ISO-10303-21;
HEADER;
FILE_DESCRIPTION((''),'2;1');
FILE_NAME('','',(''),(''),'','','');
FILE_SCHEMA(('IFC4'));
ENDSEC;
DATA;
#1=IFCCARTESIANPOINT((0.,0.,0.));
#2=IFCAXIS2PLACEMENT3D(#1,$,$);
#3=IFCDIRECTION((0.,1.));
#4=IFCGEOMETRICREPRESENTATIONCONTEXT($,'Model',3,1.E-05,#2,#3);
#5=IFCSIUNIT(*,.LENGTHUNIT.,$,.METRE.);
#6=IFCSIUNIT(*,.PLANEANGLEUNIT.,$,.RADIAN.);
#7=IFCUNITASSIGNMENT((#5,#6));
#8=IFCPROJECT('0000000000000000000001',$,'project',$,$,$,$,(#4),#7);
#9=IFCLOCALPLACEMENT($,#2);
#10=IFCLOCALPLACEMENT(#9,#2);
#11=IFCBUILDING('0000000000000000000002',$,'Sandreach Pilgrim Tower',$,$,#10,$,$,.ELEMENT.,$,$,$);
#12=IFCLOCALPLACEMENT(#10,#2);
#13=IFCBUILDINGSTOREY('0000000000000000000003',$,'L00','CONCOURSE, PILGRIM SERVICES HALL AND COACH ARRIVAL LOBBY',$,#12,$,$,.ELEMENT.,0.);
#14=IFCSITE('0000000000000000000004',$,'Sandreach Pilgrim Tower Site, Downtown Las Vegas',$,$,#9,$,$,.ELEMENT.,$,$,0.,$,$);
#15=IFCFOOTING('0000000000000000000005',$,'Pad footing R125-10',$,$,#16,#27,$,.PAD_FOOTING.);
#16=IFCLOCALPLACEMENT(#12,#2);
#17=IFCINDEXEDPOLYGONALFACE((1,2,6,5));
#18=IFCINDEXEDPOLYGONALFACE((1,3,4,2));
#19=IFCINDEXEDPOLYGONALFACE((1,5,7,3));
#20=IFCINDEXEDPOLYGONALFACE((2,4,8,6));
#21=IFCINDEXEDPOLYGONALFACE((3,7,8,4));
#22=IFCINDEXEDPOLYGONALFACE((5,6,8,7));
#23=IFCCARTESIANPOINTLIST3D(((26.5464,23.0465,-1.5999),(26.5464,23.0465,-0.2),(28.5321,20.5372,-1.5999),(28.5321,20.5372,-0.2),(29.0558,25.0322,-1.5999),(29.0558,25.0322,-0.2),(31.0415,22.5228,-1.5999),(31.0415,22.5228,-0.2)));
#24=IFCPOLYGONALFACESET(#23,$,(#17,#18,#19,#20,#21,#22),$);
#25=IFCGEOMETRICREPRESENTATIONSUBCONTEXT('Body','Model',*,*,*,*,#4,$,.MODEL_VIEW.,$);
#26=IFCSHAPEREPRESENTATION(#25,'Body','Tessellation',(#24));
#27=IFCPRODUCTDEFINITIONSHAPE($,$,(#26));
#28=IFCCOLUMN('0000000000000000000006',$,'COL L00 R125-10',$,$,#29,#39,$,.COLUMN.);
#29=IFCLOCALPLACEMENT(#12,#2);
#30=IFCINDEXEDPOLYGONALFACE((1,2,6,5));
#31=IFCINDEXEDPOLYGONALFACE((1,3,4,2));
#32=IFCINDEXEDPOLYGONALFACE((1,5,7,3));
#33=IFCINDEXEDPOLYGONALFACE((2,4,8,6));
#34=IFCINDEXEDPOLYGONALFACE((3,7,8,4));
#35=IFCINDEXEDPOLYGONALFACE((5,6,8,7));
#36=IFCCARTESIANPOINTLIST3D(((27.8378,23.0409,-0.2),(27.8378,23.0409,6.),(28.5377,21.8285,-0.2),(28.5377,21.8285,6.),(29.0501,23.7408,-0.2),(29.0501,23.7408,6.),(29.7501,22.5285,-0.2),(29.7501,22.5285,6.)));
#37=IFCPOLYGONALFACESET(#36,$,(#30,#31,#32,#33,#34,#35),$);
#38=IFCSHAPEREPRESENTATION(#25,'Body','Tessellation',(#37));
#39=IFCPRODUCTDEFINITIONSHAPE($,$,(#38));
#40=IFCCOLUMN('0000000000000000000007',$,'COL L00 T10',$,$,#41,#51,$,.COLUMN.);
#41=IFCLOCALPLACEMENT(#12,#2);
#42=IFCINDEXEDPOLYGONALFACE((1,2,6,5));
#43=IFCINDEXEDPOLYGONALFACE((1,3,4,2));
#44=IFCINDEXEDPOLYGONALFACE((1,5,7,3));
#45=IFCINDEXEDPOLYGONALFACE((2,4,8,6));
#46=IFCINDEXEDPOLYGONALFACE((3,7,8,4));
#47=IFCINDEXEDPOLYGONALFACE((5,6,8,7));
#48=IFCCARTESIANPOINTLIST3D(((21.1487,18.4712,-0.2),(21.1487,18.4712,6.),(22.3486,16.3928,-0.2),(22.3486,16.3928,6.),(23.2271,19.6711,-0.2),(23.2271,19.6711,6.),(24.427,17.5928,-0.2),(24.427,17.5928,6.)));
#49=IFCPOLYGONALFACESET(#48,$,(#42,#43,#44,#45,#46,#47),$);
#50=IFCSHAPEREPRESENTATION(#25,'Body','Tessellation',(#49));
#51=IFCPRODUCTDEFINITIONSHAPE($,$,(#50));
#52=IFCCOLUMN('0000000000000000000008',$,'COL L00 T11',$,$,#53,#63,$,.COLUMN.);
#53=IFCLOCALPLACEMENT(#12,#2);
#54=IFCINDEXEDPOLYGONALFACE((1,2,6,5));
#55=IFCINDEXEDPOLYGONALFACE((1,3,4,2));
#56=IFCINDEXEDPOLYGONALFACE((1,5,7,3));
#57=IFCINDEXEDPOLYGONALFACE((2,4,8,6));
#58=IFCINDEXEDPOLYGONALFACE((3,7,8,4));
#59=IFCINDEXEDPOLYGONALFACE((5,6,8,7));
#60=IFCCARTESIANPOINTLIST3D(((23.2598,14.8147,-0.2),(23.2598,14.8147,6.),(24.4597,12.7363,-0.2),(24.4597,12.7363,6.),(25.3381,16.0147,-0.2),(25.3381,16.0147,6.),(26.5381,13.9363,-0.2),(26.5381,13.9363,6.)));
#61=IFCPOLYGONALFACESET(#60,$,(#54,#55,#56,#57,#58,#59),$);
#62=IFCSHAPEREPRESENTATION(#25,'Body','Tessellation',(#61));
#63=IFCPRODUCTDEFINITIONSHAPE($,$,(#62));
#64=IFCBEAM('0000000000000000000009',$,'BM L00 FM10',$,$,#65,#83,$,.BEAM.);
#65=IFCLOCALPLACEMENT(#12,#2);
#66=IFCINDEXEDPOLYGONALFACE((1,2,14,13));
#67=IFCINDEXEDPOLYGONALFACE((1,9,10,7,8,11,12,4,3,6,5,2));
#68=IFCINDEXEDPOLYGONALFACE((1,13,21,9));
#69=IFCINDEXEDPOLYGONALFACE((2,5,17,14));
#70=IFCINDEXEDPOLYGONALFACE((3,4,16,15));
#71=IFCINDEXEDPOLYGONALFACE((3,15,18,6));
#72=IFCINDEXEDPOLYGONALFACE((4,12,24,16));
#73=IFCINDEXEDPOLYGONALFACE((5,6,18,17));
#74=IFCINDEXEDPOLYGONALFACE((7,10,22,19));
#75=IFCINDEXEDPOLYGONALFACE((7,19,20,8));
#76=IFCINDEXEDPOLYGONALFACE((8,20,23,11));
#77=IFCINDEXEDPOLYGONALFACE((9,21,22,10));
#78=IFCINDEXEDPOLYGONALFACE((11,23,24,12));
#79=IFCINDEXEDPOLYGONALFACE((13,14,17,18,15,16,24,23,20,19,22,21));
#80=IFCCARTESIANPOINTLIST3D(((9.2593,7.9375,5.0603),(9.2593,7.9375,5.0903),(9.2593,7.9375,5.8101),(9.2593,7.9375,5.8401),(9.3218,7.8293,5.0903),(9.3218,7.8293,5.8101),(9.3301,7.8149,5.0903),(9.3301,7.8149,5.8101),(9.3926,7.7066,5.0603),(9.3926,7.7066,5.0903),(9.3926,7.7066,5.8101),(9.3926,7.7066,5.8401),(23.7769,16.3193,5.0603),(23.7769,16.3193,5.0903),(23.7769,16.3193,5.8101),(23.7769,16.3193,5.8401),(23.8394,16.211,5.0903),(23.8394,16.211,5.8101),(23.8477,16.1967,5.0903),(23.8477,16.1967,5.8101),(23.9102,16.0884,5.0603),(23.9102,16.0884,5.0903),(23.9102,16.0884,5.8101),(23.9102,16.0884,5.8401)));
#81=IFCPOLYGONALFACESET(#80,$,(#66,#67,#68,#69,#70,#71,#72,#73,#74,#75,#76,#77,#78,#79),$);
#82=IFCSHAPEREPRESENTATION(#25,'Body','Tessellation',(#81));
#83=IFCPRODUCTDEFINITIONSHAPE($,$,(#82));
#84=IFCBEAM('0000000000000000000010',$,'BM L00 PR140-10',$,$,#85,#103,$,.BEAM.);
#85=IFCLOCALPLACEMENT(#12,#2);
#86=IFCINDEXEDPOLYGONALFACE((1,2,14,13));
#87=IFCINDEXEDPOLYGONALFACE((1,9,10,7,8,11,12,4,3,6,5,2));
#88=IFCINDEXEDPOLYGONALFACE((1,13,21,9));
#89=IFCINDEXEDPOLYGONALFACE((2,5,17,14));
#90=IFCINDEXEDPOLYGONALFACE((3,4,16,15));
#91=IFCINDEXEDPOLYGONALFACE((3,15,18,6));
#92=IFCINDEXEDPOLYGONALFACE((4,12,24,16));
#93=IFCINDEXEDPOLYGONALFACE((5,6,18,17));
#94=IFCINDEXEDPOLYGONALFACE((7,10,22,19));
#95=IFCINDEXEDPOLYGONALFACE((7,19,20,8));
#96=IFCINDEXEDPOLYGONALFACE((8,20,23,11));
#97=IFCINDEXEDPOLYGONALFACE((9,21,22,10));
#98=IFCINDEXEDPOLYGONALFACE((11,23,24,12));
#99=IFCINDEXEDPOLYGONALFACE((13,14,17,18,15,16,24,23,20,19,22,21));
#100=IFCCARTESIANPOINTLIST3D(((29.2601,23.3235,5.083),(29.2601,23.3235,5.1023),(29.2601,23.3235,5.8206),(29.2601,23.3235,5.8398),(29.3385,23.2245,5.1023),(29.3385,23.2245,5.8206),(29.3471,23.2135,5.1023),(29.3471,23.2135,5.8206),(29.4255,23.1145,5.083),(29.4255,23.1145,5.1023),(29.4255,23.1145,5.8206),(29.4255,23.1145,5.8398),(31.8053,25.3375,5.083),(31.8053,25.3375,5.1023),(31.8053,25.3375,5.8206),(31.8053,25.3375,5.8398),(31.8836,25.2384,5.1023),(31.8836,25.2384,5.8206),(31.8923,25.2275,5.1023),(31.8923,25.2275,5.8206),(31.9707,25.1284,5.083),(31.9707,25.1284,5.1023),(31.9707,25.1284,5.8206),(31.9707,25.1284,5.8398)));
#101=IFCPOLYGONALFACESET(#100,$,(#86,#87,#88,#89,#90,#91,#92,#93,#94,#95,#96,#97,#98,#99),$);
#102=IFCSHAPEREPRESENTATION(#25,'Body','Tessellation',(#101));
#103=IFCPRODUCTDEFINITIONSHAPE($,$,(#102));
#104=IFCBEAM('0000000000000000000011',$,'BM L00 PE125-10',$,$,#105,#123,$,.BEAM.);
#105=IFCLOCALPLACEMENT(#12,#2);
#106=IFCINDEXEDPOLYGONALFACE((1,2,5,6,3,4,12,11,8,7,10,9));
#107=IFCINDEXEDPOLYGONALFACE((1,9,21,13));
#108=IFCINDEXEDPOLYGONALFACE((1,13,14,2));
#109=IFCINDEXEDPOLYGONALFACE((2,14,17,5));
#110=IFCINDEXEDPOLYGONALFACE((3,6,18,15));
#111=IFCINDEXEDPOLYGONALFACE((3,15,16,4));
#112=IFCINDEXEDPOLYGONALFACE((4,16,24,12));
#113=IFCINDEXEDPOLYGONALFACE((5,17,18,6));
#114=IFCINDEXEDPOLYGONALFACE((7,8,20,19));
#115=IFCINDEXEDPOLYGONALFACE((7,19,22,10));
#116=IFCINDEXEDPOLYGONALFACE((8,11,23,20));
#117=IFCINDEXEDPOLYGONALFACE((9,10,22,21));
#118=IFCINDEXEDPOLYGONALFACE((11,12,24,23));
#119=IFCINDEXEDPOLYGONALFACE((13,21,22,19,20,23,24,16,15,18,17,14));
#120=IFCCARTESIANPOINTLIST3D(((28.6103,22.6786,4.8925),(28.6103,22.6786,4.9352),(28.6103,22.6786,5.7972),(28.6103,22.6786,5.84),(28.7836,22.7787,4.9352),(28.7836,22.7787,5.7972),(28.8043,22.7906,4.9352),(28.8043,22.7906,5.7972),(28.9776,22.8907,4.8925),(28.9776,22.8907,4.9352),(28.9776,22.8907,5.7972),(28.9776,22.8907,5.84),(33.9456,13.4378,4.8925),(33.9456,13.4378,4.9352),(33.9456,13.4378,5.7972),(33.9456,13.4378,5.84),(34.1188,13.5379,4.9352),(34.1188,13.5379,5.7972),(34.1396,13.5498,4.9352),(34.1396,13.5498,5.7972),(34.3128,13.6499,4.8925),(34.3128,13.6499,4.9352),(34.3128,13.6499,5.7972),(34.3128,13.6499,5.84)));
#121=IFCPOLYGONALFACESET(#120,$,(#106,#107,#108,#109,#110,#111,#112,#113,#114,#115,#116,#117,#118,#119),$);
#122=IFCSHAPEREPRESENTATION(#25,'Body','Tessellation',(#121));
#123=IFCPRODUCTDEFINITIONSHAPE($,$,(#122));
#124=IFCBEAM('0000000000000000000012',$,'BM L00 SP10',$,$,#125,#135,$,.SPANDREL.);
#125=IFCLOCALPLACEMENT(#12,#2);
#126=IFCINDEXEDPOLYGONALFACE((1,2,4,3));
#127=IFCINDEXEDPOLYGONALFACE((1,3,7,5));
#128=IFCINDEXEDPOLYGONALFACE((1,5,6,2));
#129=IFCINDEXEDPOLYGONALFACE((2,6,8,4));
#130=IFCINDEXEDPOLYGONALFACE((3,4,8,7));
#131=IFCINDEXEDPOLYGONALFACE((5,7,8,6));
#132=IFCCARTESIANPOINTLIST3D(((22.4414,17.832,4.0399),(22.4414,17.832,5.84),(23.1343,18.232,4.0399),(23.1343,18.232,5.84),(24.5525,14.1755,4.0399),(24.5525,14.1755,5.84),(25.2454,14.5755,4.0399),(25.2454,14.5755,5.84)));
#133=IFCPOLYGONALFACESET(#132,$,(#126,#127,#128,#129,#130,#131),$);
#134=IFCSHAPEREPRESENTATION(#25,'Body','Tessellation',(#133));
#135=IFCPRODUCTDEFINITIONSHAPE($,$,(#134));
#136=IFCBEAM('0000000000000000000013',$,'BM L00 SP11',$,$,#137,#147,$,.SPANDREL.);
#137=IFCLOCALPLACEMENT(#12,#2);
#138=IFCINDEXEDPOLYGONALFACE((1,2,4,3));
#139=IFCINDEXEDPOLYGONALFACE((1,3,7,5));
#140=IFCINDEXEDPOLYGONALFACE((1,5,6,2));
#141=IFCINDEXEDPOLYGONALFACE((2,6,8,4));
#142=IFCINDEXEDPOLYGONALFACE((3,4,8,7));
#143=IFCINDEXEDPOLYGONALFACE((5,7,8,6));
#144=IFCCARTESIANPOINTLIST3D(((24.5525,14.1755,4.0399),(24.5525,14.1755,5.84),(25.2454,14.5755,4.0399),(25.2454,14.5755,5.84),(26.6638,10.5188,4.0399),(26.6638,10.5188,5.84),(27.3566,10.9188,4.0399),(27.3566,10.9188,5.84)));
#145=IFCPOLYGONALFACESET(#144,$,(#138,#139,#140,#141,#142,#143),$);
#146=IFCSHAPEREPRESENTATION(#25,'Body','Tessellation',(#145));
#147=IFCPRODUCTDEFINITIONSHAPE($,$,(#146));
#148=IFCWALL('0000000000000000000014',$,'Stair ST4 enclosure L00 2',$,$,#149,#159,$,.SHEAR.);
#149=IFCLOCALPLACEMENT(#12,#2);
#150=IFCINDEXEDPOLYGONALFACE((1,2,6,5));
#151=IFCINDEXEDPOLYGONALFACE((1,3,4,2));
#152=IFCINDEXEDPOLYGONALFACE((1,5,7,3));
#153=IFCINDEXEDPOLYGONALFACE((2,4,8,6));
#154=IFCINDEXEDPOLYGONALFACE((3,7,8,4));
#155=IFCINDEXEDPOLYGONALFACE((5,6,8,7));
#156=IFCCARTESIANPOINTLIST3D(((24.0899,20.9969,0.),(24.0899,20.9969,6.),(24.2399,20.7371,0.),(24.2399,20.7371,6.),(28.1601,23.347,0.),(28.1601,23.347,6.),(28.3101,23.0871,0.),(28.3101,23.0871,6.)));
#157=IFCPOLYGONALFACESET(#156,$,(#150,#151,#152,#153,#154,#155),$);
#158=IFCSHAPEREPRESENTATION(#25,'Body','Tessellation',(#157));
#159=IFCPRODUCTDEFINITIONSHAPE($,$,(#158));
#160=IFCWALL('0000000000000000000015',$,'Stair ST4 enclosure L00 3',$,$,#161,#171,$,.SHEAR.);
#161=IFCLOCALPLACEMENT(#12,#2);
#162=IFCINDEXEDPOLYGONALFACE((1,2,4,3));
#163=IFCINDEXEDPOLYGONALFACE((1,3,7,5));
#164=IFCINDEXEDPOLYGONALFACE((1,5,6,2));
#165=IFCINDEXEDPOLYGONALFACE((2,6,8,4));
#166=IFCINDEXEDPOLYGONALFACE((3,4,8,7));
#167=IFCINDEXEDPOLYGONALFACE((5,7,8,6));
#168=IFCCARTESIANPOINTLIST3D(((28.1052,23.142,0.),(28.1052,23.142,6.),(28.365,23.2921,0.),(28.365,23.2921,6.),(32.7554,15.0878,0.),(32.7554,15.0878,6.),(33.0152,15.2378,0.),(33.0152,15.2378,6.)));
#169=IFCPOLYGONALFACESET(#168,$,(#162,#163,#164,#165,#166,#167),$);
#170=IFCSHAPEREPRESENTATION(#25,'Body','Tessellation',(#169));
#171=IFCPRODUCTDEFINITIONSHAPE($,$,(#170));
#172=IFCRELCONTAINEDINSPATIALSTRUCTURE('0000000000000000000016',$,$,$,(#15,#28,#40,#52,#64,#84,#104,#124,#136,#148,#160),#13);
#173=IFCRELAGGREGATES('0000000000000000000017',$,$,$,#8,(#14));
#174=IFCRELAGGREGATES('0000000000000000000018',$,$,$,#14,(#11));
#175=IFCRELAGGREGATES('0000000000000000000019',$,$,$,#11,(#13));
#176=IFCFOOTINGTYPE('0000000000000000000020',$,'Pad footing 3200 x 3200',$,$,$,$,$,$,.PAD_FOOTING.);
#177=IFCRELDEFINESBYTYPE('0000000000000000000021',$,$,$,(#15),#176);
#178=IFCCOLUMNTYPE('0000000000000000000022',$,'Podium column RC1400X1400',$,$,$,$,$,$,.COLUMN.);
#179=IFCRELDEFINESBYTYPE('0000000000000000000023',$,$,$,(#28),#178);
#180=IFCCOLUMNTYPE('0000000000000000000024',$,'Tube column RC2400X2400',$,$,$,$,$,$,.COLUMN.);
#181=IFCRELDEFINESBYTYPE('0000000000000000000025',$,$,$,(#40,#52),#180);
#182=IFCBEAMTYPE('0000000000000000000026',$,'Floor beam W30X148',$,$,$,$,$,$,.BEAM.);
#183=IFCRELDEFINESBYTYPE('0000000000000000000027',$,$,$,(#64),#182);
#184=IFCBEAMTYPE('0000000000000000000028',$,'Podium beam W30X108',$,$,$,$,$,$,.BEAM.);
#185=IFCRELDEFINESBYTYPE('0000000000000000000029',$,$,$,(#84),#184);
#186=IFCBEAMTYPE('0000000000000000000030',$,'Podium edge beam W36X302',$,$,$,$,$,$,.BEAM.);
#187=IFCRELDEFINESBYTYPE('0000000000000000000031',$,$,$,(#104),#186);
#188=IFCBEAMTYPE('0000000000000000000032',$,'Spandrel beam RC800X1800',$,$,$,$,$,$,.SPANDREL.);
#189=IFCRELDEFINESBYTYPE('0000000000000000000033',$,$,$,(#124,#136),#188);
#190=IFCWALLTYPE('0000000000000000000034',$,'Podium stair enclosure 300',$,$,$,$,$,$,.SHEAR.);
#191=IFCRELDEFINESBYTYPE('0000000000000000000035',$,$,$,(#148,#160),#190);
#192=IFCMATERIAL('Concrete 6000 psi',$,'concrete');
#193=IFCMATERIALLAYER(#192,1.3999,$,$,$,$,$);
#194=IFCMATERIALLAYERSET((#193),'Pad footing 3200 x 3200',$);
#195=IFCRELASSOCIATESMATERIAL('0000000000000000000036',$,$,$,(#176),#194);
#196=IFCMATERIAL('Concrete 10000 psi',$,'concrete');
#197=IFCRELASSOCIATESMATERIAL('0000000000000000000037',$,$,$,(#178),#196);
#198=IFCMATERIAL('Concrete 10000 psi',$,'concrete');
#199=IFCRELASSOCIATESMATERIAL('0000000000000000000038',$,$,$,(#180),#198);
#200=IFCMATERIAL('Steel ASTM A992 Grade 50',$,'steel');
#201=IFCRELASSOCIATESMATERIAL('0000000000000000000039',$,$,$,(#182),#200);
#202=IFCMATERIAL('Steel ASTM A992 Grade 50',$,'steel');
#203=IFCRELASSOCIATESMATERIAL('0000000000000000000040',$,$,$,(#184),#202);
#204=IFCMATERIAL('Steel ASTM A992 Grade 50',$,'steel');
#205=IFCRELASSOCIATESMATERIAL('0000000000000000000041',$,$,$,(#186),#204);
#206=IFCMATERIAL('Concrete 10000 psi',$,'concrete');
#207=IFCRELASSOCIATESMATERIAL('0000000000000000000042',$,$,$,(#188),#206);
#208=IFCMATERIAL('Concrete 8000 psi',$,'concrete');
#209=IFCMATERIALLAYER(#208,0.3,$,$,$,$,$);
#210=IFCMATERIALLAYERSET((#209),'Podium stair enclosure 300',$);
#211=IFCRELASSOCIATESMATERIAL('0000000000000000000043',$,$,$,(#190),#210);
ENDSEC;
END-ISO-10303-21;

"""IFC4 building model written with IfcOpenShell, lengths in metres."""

from ifc_helpers import new_model, si_unit, direction, frame, frame_2d, origin, origin_2d, place, context, subcontext, project, spatial, rectangle, i_section, extrude, material, layer, layer_set, material_profile, profile_set, type_object, element, save


model = new_model("IFC4")

# Units and contexts
model_context = context("Model", 3, precision=1e-05, world=origin(), true_north=direction((0.0, 1.0)))
body_context = subcontext(model_context, "Body", "Model", "MODEL_VIEW")
ifc_project = project(units=[si_unit("LENGTHUNIT", "METRE"), si_unit("PLANEANGLEUNIT", "RADIAN")], contexts=[model_context])

# Site, building, storey
site_placement = place(None, origin())
site = spatial("IfcSite", under=ifc_project, at=site_placement, Name="Sandreach Pilgrim Tower Site, Downtown Las Vegas", CompositionType="ELEMENT", RefElevation=0.0)
building_placement = place(site_placement, origin())
building = spatial("IfcBuilding", under=site, at=building_placement, Name="Sandreach Pilgrim Tower", CompositionType="ELEMENT")
storey_placement = place(building_placement, origin())
storey = spatial("IfcBuildingStorey", under=building, at=storey_placement, Name="L00", Description="CONCOURSE, PILGRIM SERVICES HALL AND COACH ARRIVAL LOBBY", CompositionType="ELEMENT", Elevation=0.0)

# Footing
ifc_material_1 = material(Name="Concrete 6000 psi", Category="concrete")
ifc_layer_1 = layer(ifc_material_1, 1.3999)
ifc_layer_set_1 = layer_set([ifc_layer_1], Name="Pad footing 3200 x 3200")
footing_type = type_object("IfcFootingType", Name="Pad footing 3200 x 3200", PredefinedType="PAD_FOOTING", material=ifc_layer_set_1)
footing_placement = place(storey_placement, frame((28.7939, 22.7847, -1.5999), z_axis=(0.0, 0.0, 1.0), x_axis=(0.784185, 0.620527, 0.0)))
element("IfcFooting", 1, at=footing_placement, inside=storey, type_object=footing_type, Name="Pad footing R125-10", PredefinedType="PAD_FOOTING", context=body_context, shape_type="SweptSolid", body=[
    extrude(rectangle(XDim=3.2, YDim=3.2, at=origin_2d()), origin(), (0.0, 0.0, 1.0), 1.3999),
])

# Columns
ifc_material_2 = material(Name="Concrete 10000 psi", Category="concrete")
ifc_material_profile_1 = material_profile(ifc_material_2, rectangle(XDim=1.3999, YDim=1.3999, at=origin_2d()), Name="RC1400X1400")
ifc_profile_set_1 = profile_set([ifc_material_profile_1], Name="Concrete 10000 psi")
column_type_1 = type_object("IfcColumnType", Name="Podium column RC1400X1400", PredefinedType="COLUMN", material=ifc_profile_set_1)
column_placement = place(storey_placement, frame((28.7939, 22.7847, -0.2), z_axis=(0.0, 0.0, 1.0), x_axis=(0.866025, 0.5, 0.0)))
element("IfcColumn", 2, at=column_placement, inside=storey, type_object=column_type_1, Name="COL L00 R125-10", PredefinedType="COLUMN", context=body_context, shape_type="SweptSolid", body=[
    extrude(rectangle(XDim=1.3999, YDim=1.3999, at=origin_2d()), origin(), (0.0, 0.0, 1.0), 6.2),
])
ifc_material_3 = material(Name="Concrete 10000 psi", Category="concrete")
ifc_material_profile_2 = material_profile(ifc_material_3, rectangle(XDim=2.3999, YDim=2.3999, at=origin_2d()), Name="RC2400X2400")
ifc_profile_set_2 = profile_set([ifc_material_profile_2], Name="Concrete 10000 psi")
column_type_2 = type_object("IfcColumnType", Name="Tube column RC2400X2400", PredefinedType="COLUMN", material=ifc_profile_set_2)
for number, where, z_axis, x_axis, name in (
    (3, (22.7878, 18.032, -0.2), (0.0, 0.0, 1.0), (0.866025, 0.5, 0.0), "COL L00 T10"),
    (4, (24.8989, 14.3755, -0.2), (0.0, 0.0, 1.0), (0.866025, 0.5, 0.0), "COL L00 T11"),
):
    element("IfcColumn", number, at=place(storey_placement, frame(where, z_axis=z_axis, x_axis=x_axis)), inside=storey, type_object=column_type_2, Name=name, PredefinedType="COLUMN", context=body_context, shape_type="SweptSolid", body=[
        extrude(rectangle(XDim=2.3999, YDim=2.3999, at=origin_2d()), origin(), (0.0, 0.0, 1.0), 6.2),
    ])

# Beams
ifc_material_4 = material(Name="Steel ASTM A992 Grade 50", Category="steel")
ifc_material_profile_3 = material_profile(ifc_material_4, i_section(OverallWidth=0.2666, OverallDepth=0.7798, WebThickness=0.0166, FlangeThickness=0.03, at=origin_2d()), Name="W30X148")
ifc_profile_set_3 = profile_set([ifc_material_profile_3], Name="Steel ASTM A992 Grade 50")
beam_type_1 = type_object("IfcBeamType", Name="Floor beam W30X148", PredefinedType="BEAM", material=ifc_profile_set_3)
beam_1_placement = place(storey_placement, frame((23.8435, 16.2039, 5.4502), z_axis=(-0.866023, -0.500005, 0.0), x_axis=(0.500005, -0.866023, 0.0)))
element("IfcBeam", 5, at=beam_1_placement, inside=storey, type_object=beam_type_1, Name="BM L00 FM10", PredefinedType="BEAM", context=body_context, shape_type="SweptSolid", body=[
    extrude(i_section(OverallWidth=0.2666, OverallDepth=0.7798, WebThickness=0.0166, FlangeThickness=0.03, at=origin_2d()), origin(), (0.0, 0.0, 1.0), 16.7634),
])
ifc_material_5 = material(Name="Steel ASTM A992 Grade 50", Category="steel")
ifc_material_profile_4 = material_profile(ifc_material_5, i_section(OverallWidth=0.2666, OverallDepth=0.7568, WebThickness=0.0139, FlangeThickness=0.0193, at=origin_2d()), Name="W30X108")
ifc_profile_set_4 = profile_set([ifc_material_profile_4], Name="Steel ASTM A992 Grade 50")
beam_type_2 = type_object("IfcBeamType", Name="Podium beam W30X108", PredefinedType="BEAM", material=ifc_profile_set_4)
beam_2_placement = place(storey_placement, frame((29.3428, 23.219, 5.4614), z_axis=(0.784197, 0.620512, 0.0), x_axis=(-0.620512, 0.784197, 0.0)))
element("IfcBeam", 6, at=beam_2_placement, inside=storey, type_object=beam_type_2, Name="BM L00 PR140-10", PredefinedType="BEAM", context=body_context, shape_type="SweptSolid", body=[
    extrude(i_section(OverallWidth=0.2666, OverallDepth=0.7568, WebThickness=0.0139, FlangeThickness=0.0193, at=origin_2d()), origin(), (0.0, 0.0, 1.0), 3.2456),
])
ifc_material_6 = material(Name="Steel ASTM A992 Grade 50", Category="steel")
ifc_material_profile_5 = material_profile(ifc_material_6, i_section(OverallWidth=0.4241, OverallDepth=0.9475, WebThickness=0.0239, FlangeThickness=0.0427, at=origin_2d()), Name="W36X302")
ifc_profile_set_5 = profile_set([ifc_material_profile_5], Name="Steel ASTM A992 Grade 50")
beam_type_3 = type_object("IfcBeamType", Name="Podium edge beam W36X302", PredefinedType="BEAM", material=ifc_profile_set_5)
beam_3_placement = place(storey_placement, frame((28.7939, 22.7847, 5.3662), z_axis=(0.500005, -0.866023, 0.0), x_axis=(0.866023, 0.500005, 0.0)))
element("IfcBeam", 7, at=beam_3_placement, inside=storey, type_object=beam_type_3, Name="BM L00 PE125-10", PredefinedType="BEAM", context=body_context, shape_type="SweptSolid", body=[
    extrude(i_section(OverallWidth=0.4241, OverallDepth=0.9475, WebThickness=0.0239, FlangeThickness=0.0427, at=origin_2d()), origin(), (0.0, 0.0, 1.0), 10.6704),
])
ifc_material_7 = material(Name="Concrete 10000 psi", Category="concrete")
ifc_material_profile_6 = material_profile(ifc_material_7, rectangle(XDim=0.8, YDim=1.8, at=origin_2d()), Name="RC800X1800")
ifc_profile_set_6 = profile_set([ifc_material_profile_6], Name="Concrete 10000 psi")
beam_type_4 = type_object("IfcBeamType", Name="Spandrel beam RC800X1800", PredefinedType="SPANDREL", material=ifc_profile_set_6)
beam_4_placement = place(storey_placement, frame((22.7878, 18.032, 4.9399), z_axis=(0.500001, -0.866025, 0.0), x_axis=(0.866025, 0.500001, 0.0)))
element("IfcBeam", 8, at=beam_4_placement, inside=storey, type_object=beam_type_4, Name="BM L00 SP10", PredefinedType="SPANDREL", context=body_context, shape_type="SweptSolid", body=[
    extrude(rectangle(XDim=0.8, YDim=1.8, at=origin_2d()), origin(), (0.0, 0.0, 1.0), 4.2222),
])
beam_5_placement = place(storey_placement, frame((24.8989, 14.3755, 4.9399), z_axis=(0.500019, -0.866014, 0.0), x_axis=(0.866014, 0.500019, 0.0)))
element("IfcBeam", 9, at=beam_5_placement, inside=storey, type_object=beam_type_4, Name="BM L00 SP11", PredefinedType="SPANDREL", context=body_context, shape_type="SweptSolid", body=[
    extrude(rectangle(XDim=0.8, YDim=1.8, at=origin_2d()), origin(), (0.0, 0.0, 1.0), 4.2224),
])

# Walls
ifc_material_8 = material(Name="Concrete 8000 psi", Category="concrete")
ifc_layer_2 = layer(ifc_material_8, 0.3)
ifc_layer_set_2 = layer_set([ifc_layer_2], Name="Podium stair enclosure 300")
wall_type = type_object("IfcWallType", Name="Podium stair enclosure 300", PredefinedType="SHEAR", material=ifc_layer_set_2)
wall_1_placement = place(storey_placement, frame((24.1648, 20.8669, 0.0), z_axis=(0.0, 0.0, 1.0), x_axis=(0.866016, 0.500016, 0.0)))
element("IfcWall", 10, at=wall_1_placement, inside=storey, type_object=wall_type, Name="Stair ST4 enclosure L00 2", PredefinedType="SHEAR", context=body_context, shape_type="SweptSolid", body=[
    extrude(rectangle(XDim=4.7, YDim=0.3, at=frame_2d((2.3501, 0.0))), origin(), (0.0, 0.0, 1.0), 6.0),
])
wall_2_placement = place(storey_placement, frame((28.2351, 23.217, 0.0), z_axis=(0.0, 0.0, 1.0), x_axis=(0.500004, -0.866023, 0.0)))
element("IfcWall", 11, at=wall_2_placement, inside=storey, type_object=wall_type, Name="Stair ST4 enclosure L00 3", PredefinedType="SHEAR", context=body_context, shape_type="SweptSolid", body=[
    extrude(rectangle(XDim=9.3003, YDim=0.3, at=frame_2d((4.6501, 0.0))), origin(), (0.0, 0.0, 1.0), 6.0),
])

save(model, "model.ifc")
